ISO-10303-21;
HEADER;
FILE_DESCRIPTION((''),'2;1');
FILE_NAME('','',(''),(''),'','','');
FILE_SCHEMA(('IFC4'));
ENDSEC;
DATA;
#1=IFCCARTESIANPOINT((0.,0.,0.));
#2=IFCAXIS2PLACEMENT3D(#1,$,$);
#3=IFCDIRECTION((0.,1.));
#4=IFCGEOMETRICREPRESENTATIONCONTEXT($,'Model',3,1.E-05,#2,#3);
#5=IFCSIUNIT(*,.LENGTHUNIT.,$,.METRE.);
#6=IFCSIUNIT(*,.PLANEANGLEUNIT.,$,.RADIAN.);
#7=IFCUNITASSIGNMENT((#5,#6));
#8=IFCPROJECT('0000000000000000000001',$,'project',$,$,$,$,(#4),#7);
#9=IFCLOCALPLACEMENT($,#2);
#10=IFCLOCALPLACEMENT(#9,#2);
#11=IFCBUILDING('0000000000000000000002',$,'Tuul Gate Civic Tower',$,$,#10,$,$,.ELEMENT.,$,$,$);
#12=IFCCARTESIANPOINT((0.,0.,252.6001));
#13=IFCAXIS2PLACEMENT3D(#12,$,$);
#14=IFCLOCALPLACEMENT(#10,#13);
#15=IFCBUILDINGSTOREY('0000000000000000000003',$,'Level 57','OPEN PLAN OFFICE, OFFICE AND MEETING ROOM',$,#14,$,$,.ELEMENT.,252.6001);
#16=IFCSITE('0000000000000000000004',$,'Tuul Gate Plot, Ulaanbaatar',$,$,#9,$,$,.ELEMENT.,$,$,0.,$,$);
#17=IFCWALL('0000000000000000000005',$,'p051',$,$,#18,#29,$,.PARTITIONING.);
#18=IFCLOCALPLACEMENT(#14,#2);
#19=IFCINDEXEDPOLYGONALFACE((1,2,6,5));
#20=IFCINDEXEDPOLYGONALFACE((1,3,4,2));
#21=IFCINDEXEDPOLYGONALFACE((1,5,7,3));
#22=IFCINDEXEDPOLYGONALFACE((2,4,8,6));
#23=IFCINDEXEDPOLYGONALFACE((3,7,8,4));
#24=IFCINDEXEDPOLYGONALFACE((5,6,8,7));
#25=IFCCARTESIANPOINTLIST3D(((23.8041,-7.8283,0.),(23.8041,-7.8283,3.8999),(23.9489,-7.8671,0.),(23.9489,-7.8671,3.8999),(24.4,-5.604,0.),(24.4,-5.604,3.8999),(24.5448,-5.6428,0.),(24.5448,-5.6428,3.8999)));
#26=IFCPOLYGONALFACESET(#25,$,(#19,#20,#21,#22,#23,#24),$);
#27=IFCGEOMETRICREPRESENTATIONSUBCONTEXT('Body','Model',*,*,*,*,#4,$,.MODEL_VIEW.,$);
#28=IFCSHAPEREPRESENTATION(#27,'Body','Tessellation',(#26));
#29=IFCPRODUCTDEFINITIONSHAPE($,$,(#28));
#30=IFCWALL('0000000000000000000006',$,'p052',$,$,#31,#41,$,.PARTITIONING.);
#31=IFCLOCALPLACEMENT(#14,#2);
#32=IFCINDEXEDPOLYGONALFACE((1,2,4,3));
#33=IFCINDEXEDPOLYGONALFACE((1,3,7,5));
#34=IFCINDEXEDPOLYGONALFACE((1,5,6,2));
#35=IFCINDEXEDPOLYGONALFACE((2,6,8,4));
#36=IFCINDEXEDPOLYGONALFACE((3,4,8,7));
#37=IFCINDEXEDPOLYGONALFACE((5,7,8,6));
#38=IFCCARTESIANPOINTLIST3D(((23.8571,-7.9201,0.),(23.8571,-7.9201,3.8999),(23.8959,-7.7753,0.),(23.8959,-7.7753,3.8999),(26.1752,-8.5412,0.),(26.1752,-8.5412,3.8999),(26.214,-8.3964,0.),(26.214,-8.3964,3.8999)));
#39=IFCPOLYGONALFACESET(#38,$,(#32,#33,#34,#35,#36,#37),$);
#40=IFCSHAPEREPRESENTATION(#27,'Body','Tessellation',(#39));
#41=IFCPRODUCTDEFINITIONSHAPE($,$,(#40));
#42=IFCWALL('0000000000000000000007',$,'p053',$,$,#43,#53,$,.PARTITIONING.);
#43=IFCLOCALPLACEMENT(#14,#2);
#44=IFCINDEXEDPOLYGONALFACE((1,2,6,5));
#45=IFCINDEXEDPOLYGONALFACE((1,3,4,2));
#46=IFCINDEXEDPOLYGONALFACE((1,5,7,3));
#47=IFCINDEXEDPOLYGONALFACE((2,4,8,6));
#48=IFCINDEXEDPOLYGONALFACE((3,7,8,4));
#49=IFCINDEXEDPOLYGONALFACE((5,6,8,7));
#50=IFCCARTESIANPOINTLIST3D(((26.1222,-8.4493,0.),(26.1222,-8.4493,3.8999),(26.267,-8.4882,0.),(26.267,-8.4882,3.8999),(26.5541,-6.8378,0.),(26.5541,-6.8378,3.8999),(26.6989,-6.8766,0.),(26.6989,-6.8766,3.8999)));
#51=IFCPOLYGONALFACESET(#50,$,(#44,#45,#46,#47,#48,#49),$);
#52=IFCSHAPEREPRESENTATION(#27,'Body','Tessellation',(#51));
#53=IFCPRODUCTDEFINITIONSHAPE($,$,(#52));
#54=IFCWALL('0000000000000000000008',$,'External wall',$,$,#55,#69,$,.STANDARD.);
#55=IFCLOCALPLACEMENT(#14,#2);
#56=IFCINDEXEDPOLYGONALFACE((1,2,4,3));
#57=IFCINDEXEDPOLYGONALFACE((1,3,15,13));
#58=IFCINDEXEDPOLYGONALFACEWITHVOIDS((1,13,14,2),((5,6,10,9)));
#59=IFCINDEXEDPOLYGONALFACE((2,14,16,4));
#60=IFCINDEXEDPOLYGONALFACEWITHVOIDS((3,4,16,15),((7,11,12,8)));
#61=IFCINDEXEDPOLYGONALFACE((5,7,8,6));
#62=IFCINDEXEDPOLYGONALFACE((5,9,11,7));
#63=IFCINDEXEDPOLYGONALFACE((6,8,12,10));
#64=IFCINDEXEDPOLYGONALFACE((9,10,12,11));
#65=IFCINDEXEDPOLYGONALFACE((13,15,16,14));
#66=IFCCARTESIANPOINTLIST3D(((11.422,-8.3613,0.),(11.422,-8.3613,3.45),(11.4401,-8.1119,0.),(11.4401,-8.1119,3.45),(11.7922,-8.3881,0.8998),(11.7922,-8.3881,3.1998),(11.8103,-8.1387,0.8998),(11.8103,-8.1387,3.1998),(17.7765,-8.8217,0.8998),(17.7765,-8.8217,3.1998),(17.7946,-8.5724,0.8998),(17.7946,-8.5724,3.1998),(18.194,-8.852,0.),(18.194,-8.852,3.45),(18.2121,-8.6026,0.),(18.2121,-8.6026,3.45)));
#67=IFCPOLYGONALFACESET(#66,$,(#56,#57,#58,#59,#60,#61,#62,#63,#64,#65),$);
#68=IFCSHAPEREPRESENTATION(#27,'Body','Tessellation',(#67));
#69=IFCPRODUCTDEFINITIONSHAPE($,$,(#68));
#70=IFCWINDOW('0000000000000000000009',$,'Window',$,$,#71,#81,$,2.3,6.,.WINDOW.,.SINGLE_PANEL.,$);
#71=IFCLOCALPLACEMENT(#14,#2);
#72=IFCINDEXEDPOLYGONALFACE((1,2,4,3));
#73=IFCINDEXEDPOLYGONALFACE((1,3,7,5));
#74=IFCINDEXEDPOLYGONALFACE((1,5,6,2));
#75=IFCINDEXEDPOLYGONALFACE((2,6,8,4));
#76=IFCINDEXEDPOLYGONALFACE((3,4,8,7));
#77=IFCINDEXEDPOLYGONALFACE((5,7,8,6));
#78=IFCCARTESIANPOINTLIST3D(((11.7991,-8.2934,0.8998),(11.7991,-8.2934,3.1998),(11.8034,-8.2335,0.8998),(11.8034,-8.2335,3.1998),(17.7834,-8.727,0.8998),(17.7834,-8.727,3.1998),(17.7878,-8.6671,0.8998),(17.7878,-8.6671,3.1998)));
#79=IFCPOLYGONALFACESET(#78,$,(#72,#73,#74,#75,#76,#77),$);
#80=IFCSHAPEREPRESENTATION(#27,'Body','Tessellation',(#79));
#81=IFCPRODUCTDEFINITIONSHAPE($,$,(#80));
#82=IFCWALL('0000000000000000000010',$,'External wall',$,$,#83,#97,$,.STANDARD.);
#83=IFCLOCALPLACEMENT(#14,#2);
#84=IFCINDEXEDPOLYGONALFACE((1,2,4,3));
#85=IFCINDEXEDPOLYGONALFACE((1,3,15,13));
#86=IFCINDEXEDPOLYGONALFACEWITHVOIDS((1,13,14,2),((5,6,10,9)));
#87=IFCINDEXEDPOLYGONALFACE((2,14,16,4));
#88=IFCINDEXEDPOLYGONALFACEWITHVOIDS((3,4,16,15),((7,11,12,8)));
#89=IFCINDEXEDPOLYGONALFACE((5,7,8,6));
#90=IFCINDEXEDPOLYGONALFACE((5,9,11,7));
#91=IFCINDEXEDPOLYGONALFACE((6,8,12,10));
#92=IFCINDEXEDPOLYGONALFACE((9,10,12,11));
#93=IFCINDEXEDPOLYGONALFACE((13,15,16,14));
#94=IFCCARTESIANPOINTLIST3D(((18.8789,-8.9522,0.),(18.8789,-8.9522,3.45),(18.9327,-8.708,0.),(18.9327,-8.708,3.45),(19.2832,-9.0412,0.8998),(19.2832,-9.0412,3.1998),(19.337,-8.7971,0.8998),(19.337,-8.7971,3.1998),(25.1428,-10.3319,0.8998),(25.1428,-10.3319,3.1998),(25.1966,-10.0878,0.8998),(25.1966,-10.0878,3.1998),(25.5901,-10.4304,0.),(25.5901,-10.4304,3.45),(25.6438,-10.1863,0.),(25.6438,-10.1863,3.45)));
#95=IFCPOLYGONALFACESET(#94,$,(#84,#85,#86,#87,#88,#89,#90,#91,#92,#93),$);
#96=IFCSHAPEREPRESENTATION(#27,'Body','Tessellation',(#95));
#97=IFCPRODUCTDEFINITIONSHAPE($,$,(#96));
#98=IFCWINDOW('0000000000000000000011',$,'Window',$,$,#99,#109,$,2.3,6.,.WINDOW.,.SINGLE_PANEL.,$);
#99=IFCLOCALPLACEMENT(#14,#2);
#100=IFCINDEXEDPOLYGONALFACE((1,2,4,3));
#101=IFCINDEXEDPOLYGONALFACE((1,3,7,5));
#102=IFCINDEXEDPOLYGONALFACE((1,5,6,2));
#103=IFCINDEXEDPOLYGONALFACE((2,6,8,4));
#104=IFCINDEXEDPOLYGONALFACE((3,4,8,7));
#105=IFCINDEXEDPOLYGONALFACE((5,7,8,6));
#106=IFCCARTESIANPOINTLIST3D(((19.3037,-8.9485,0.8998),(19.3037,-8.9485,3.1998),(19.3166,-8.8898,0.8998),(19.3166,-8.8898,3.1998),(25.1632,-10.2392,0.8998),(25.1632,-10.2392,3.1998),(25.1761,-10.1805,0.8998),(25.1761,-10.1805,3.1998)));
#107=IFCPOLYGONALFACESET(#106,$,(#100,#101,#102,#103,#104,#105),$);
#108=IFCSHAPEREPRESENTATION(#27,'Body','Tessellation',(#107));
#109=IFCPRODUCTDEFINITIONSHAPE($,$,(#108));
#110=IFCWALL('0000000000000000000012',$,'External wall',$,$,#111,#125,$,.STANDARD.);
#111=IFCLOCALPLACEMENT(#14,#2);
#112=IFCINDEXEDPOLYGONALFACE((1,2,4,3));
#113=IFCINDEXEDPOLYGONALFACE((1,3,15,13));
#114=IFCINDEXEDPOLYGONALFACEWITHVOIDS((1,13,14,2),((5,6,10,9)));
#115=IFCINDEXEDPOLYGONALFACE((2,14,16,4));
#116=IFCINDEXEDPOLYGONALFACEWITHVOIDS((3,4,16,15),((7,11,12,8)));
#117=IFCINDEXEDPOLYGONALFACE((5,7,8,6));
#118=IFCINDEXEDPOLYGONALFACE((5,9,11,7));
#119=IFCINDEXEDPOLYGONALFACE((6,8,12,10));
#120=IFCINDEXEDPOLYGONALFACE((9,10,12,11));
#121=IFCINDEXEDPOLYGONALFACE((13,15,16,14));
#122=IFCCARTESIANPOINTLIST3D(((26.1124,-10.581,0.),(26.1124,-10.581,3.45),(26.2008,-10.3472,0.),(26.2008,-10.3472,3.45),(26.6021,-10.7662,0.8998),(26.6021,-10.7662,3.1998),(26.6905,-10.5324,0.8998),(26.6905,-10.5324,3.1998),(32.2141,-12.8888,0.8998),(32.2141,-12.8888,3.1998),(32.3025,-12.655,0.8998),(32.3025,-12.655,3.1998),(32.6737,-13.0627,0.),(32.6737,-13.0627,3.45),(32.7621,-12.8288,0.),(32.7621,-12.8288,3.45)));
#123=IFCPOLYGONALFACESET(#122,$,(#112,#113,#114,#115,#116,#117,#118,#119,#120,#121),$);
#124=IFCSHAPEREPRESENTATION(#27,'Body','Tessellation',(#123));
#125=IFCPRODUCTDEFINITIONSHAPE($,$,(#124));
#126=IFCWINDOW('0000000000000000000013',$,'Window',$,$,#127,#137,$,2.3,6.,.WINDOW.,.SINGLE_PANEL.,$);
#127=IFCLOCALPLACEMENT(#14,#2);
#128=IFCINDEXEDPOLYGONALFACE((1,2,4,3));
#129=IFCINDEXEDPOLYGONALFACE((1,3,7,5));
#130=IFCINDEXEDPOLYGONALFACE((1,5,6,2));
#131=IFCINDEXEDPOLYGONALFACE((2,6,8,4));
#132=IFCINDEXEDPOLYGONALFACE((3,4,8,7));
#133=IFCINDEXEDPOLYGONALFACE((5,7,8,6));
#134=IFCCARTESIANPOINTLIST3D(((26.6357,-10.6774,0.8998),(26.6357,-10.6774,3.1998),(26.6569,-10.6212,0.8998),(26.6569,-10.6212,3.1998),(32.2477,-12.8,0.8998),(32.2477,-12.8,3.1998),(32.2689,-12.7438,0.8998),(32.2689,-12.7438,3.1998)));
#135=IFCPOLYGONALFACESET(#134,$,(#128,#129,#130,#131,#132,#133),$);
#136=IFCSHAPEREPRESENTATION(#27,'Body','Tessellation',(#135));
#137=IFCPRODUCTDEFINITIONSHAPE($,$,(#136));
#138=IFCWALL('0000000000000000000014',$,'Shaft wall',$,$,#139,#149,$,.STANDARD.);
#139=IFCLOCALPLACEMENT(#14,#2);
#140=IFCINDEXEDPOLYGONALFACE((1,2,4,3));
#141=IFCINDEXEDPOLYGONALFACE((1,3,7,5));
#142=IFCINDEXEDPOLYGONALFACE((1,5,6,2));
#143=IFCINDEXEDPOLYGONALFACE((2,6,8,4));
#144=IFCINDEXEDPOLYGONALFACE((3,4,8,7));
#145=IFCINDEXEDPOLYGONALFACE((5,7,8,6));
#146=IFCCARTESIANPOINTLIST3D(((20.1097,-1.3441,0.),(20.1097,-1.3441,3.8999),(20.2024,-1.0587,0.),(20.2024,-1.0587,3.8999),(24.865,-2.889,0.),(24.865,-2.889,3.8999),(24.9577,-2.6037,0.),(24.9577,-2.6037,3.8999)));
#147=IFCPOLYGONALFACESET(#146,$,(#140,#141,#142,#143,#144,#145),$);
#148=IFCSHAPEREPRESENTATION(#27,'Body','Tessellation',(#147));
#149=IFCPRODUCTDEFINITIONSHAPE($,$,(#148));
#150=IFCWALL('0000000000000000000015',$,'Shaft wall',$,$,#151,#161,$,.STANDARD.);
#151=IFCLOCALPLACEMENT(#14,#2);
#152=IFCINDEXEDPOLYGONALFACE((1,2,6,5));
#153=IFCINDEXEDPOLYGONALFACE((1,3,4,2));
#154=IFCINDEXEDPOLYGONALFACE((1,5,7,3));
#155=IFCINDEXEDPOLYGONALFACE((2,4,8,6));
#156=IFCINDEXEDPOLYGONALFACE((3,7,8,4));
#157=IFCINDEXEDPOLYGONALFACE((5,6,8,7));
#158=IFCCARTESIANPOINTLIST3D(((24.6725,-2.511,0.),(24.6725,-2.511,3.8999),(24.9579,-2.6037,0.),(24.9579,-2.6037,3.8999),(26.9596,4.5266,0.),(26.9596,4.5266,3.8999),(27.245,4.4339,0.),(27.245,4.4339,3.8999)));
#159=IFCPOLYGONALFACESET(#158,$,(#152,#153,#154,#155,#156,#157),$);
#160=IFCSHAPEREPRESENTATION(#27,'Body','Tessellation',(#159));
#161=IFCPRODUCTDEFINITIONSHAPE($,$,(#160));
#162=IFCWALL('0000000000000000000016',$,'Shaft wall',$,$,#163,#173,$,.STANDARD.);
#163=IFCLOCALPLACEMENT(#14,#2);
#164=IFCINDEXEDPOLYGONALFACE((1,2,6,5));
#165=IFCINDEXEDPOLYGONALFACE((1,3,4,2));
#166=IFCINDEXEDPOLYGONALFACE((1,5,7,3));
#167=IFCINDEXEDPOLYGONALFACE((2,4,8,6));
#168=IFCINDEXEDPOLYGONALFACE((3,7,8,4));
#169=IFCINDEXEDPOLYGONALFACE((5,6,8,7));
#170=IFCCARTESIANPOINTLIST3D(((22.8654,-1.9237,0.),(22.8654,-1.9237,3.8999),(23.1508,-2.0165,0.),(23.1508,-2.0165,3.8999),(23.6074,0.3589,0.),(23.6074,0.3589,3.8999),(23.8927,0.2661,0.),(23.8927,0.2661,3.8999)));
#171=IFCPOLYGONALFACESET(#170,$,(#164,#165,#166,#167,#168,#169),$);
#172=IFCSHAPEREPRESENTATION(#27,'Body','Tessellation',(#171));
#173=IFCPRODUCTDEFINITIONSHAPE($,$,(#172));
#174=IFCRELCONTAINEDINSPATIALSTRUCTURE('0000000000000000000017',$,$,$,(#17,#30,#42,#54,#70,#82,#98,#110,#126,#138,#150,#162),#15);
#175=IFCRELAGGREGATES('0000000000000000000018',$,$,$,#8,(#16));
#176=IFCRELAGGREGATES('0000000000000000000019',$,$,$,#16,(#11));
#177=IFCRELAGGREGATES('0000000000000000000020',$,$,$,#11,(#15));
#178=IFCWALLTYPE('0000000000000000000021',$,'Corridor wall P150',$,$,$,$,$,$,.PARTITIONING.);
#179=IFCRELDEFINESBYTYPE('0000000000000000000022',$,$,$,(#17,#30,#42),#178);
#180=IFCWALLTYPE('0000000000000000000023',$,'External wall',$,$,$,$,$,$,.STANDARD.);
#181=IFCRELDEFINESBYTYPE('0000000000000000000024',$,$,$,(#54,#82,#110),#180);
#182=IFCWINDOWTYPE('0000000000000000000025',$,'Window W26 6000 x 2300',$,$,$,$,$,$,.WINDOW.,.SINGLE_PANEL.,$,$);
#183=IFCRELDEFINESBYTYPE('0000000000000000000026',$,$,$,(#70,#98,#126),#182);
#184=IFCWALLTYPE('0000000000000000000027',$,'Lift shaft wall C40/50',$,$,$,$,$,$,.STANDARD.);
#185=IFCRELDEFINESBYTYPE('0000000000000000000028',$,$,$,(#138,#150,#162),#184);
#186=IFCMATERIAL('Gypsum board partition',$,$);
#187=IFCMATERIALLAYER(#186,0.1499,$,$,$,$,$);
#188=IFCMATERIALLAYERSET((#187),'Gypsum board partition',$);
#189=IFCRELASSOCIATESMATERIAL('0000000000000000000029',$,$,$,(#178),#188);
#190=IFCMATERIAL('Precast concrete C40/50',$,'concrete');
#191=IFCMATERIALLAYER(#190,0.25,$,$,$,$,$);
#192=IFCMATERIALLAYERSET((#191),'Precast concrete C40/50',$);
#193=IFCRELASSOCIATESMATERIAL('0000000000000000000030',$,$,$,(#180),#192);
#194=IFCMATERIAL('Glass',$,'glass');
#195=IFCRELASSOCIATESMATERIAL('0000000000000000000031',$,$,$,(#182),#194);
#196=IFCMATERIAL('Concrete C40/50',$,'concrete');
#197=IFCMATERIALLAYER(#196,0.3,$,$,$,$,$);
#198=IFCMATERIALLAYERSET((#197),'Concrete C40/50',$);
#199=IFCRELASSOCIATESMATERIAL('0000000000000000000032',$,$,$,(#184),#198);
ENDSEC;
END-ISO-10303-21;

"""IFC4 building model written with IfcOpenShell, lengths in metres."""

from ifc_helpers import new_model, si_unit, direction, frame, frame_2d, origin, place, context, subcontext, project, spatial, rectangle, extrude, material, layer, layer_set, type_object, element, fill, save


model = new_model("IFC4")

# Units and contexts
model_context = context("Model", 3, precision=1e-05, world=origin(), true_north=direction((0.0, 1.0)))
body_context = subcontext(model_context, "Body", "Model", "MODEL_VIEW")
ifc_project = project(units=[si_unit("LENGTHUNIT", "METRE"), si_unit("PLANEANGLEUNIT", "RADIAN")], contexts=[model_context])

# Site, building, storey
site_placement = place(None, origin())
site = spatial("IfcSite", under=ifc_project, at=site_placement, Name="Tuul Gate Plot, Ulaanbaatar", CompositionType="ELEMENT", RefElevation=0.0)
building_placement = place(site_placement, origin())
building = spatial("IfcBuilding", under=site, at=building_placement, Name="Tuul Gate Civic Tower", CompositionType="ELEMENT")
storey_placement = place(building_placement, frame((0.0, 0.0, 252.6001)))
storey = spatial("IfcBuildingStorey", under=building, at=storey_placement, Name="Level 57", Description="OPEN PLAN OFFICE, OFFICE AND MEETING ROOM", CompositionType="ELEMENT", Elevation=252.6001)

# Walls
ifc_material_1 = material(Name="Gypsum board partition")
ifc_layer_1 = layer(ifc_material_1, 0.1499)
ifc_layer_set_1 = layer_set([ifc_layer_1], Name="Gypsum board partition")
wall_type_1 = type_object("IfcWallType", Name="Corridor wall P150", PredefinedType="PARTITIONING", material=ifc_layer_set_1)
wall_1_placement = place(storey_placement, frame((23.8765, -7.8477, 0.0), z_axis=(0.0, 0.0, 1.0), x_axis=(0.258791, 0.965933, 0.0)))
element("IfcWall", 1, at=wall_1_placement, inside=storey, type_object=wall_type_1, Name="p051", PredefinedType="PARTITIONING", context=body_context, shape_type="SweptSolid", body=[
    extrude(rectangle(XDim=2.3027, YDim=0.1499, at=frame_2d((1.1514, 0.0))), origin(), (0.0, 0.0, 1.0), 3.8999),
])
wall_2_placement = place(storey_placement, frame((23.8765, -7.8477, 0.0), z_axis=(0.0, 0.0, 1.0), x_axis=(0.96593, -0.258802, 0.0)))
element("IfcWall", 2, at=wall_2_placement, inside=storey, type_object=wall_type_1, Name="p052", PredefinedType="PARTITIONING", context=body_context, shape_type="SweptSolid", body=[
    extrude(rectangle(XDim=2.3999, YDim=0.1499, at=frame_2d((1.2, 0.0))), origin(), (0.0, 0.0, 1.0), 3.8999),
])
wall_3_placement = place(storey_placement, frame((26.1946, -8.4688, 0.0), z_axis=(0.0, 0.0, 1.0), x_axis=(0.258856, 0.965916, 0.0)))
element("IfcWall", 3, at=wall_3_placement, inside=storey, type_object=wall_type_1, Name="p053", PredefinedType="PARTITIONING", context=body_context, shape_type="SweptSolid", body=[
    extrude(rectangle(XDim=1.6685, YDim=0.1499, at=frame_2d((0.8342, 0.0))), origin(), (0.0, 0.0, 1.0), 3.8999),
])

# Walls, openings, windows
ifc_material_2 = material(Name="Precast concrete C40/50", Category="concrete")
ifc_layer_2 = layer(ifc_material_2, 0.25)
ifc_layer_set_2 = layer_set([ifc_layer_2], Name="Precast concrete C40/50")
wall_type_2 = type_object("IfcWallType", Name="External wall", PredefinedType="STANDARD", material=ifc_layer_set_2)
wall_4_placement = place(storey_placement, frame((11.4309, -8.2366, 0.0), z_axis=(0.0, 0.0, 1.0), x_axis=(0.997385, -0.072274, 0.0)))
wall_4 = element("IfcWall", 4, at=wall_4_placement, inside=storey, type_object=wall_type_2, Name="External wall", PredefinedType="STANDARD", context=body_context, shape_type="SweptSolid", body=[
    extrude(rectangle(XDim=6.7898, YDim=0.25, at=frame_2d((3.395, 0.0))), origin(), (0.0, 0.0, 1.0), 3.45),
])
opening_1_placement = place(wall_4_placement, frame((0.3713, 0.0, 0.8999)))
opening_1 = element("IfcOpeningElement", 5, at=opening_1_placement, cuts=wall_4, PredefinedType="OPENING", context=body_context, shape_type="SweptSolid", body=[
    extrude(rectangle(XDim=6.0, YDim=2.3, at=frame_2d((3.0, 1.1499))), frame((0.0, 0.135, 0.0), z_axis=(0.0, -1.0, 0.0), x_axis=(1.0, 0.0, 0.0)), (0.0, 0.0, 1.0), 0.27),
])
ifc_material_3 = material(Name="Glass", Category="glass")
window_type = type_object("IfcWindowType", Name="Window W26 6000 x 2300", PartitioningType="SINGLE_PANEL", PredefinedType="WINDOW", material=ifc_material_3)
window_1_placement = place(opening_1_placement, origin())
window_1 = element("IfcWindow", 6, at=window_1_placement, inside=storey, type_object=window_type, Name="Window", OverallHeight=2.3, OverallWidth=6.0, PartitioningType="SINGLE_PANEL", PredefinedType="WINDOW", context=body_context, shape_type="SweptSolid", body=[
    extrude(rectangle(XDim=6.0, YDim=2.3, at=frame_2d((3.0, 1.1499))), frame((0.0, 0.03, 0.0), z_axis=(0.0, -1.0, 0.0), x_axis=(1.0, 0.0, 0.0)), (0.0, 0.0, 1.0), 0.0601),
])
fill(opening_1, window_1)
wall_5_placement = place(storey_placement, frame((18.9058, -8.8301, 0.0), z_axis=(0.0, 0.0, 1.0), x_axis=(0.976589, -0.215113, 0.0)))
wall_5 = element("IfcWall", 7, at=wall_5_placement, inside=storey, type_object=wall_type_2, Name="External wall", PredefinedType="STANDARD", context=body_context, shape_type="SweptSolid", body=[
    extrude(rectangle(XDim=6.8721, YDim=0.25, at=frame_2d((3.436, 0.0))), origin(), (0.0, 0.0, 1.0), 3.45),
])
opening_2_placement = place(wall_5_placement, frame((0.4141, 0.0, 0.8999)))
opening_2 = element("IfcOpeningElement", 8, at=opening_2_placement, cuts=wall_5, PredefinedType="OPENING", context=body_context, shape_type="SweptSolid", body=[
    extrude(rectangle(XDim=6.0, YDim=2.3, at=frame_2d((3.0, 1.1499))), frame((0.0, 0.135, 0.0), z_axis=(0.0, -1.0, 0.0), x_axis=(1.0, 0.0, 0.0)), (0.0, 0.0, 1.0), 0.27),
])
window_2_placement = place(opening_2_placement, origin())
window_2 = element("IfcWindow", 9, at=window_2_placement, inside=storey, type_object=window_type, Name="Window", OverallHeight=2.3, OverallWidth=6.0, PartitioningType="SINGLE_PANEL", PredefinedType="WINDOW", context=body_context, shape_type="SweptSolid", body=[
    extrude(rectangle(XDim=6.0, YDim=2.3, at=frame_2d((3.0, 1.1499))), frame((0.0, 0.03, 0.0), z_axis=(0.0, -1.0, 0.0), x_axis=(1.0, 0.0, 0.0)), (0.0, 0.0, 1.0), 0.0601),
])
fill(opening_2, window_2)
wall_6_placement = place(storey_placement, frame((26.1567, -10.4641, 0.0), z_axis=(0.0, 0.0, 1.0), x_axis=(0.935331, -0.353773, 0.0)))
wall_6 = element("IfcWall", 10, at=wall_6_placement, inside=storey, type_object=wall_type_2, Name="External wall", PredefinedType="STANDARD", context=body_context, shape_type="SweptSolid", body=[
    extrude(rectangle(XDim=7.0149, YDim=0.25, at=frame_2d((3.5073, 0.0))), origin(), (0.0, 0.0, 1.0), 3.45),
])
opening_3_placement = place(wall_6_placement, frame((0.5234, 0.0, 0.8999)))
opening_3 = element("IfcOpeningElement", 11, at=opening_3_placement, cuts=wall_6, PredefinedType="OPENING", context=body_context, shape_type="SweptSolid", body=[
    extrude(rectangle(XDim=6.0, YDim=2.3, at=frame_2d((3.0, 1.1499))), frame((0.0, 0.135, 0.0), z_axis=(0.0, -1.0, 0.0), x_axis=(1.0, 0.0, 0.0)), (0.0, 0.0, 1.0), 0.27),
])
window_3_placement = place(opening_3_placement, origin())
window_3 = element("IfcWindow", 12, at=window_3_placement, inside=storey, type_object=window_type, Name="Window", OverallHeight=2.3, OverallWidth=6.0, PartitioningType="SINGLE_PANEL", PredefinedType="WINDOW", context=body_context, shape_type="SweptSolid", body=[
    extrude(rectangle(XDim=6.0, YDim=2.3, at=frame_2d((3.0, 1.1499))), frame((0.0, 0.03, 0.0), z_axis=(0.0, -1.0, 0.0), x_axis=(1.0, 0.0, 0.0)), (0.0, 0.0, 1.0), 0.0601),
])
fill(opening_3, window_3)

# Walls
ifc_material_4 = material(Name="Concrete C40/50", Category="concrete")
ifc_layer_3 = layer(ifc_material_4, 0.3)
ifc_layer_set_3 = layer_set([ifc_layer_3], Name="Concrete C40/50")
wall_type_3 = type_object("IfcWallType", Name="Lift shaft wall C40/50", PredefinedType="STANDARD", material=ifc_layer_set_3)
wall_7_placement = place(storey_placement, frame((24.9114, -2.7463, 0.0), z_axis=(0.0, 0.0, 1.0), x_axis=(-0.951068, 0.308982, 0.0)))
element("IfcWall", 13, at=wall_7_placement, inside=storey, type_object=wall_type_3, Name="Shaft wall", PredefinedType="STANDARD", context=body_context, shape_type="SweptSolid", body=[
    extrude(rectangle(XDim=5.0, YDim=0.3, at=frame_2d((2.5, 0.0))), origin(), (0.0, 0.0, 1.0), 3.8999),
])
wall_8_placement = place(storey_placement, frame((24.8152, -2.5574, 0.0), z_axis=(0.0, 0.0, 1.0), x_axis=(0.309073, 0.951038, 0.0)))
element("IfcWall", 14, at=wall_8_placement, inside=storey, type_object=wall_type_3, Name="Shaft wall", PredefinedType="STANDARD", context=body_context, shape_type="SweptSolid", body=[
    extrude(rectangle(XDim=7.3999, YDim=0.3, at=frame_2d((3.7, 0.0))), origin(), (0.0, 0.0, 1.0), 3.8999),
])
for number, where, z_axis, x_axis, name in (
    (15, (23.0081, -1.9702, 0.0), (0.0, 0.0, 1.0), (0.309139, 0.951017, 0.0), "Shaft wall"),
):
    element("IfcWall", number, at=place(storey_placement, frame(where, z_axis=z_axis, x_axis=x_axis)), inside=storey, type_object=wall_type_3, Name=name, PredefinedType="STANDARD", context=body_context, shape_type="SweptSolid", body=[
        extrude(rectangle(XDim=2.4001, YDim=0.3, at=frame_2d((1.2002, 0.0))), origin(), (0.0, 0.0, 1.0), 3.8999),
    ])

save(model, "model.ifc")
